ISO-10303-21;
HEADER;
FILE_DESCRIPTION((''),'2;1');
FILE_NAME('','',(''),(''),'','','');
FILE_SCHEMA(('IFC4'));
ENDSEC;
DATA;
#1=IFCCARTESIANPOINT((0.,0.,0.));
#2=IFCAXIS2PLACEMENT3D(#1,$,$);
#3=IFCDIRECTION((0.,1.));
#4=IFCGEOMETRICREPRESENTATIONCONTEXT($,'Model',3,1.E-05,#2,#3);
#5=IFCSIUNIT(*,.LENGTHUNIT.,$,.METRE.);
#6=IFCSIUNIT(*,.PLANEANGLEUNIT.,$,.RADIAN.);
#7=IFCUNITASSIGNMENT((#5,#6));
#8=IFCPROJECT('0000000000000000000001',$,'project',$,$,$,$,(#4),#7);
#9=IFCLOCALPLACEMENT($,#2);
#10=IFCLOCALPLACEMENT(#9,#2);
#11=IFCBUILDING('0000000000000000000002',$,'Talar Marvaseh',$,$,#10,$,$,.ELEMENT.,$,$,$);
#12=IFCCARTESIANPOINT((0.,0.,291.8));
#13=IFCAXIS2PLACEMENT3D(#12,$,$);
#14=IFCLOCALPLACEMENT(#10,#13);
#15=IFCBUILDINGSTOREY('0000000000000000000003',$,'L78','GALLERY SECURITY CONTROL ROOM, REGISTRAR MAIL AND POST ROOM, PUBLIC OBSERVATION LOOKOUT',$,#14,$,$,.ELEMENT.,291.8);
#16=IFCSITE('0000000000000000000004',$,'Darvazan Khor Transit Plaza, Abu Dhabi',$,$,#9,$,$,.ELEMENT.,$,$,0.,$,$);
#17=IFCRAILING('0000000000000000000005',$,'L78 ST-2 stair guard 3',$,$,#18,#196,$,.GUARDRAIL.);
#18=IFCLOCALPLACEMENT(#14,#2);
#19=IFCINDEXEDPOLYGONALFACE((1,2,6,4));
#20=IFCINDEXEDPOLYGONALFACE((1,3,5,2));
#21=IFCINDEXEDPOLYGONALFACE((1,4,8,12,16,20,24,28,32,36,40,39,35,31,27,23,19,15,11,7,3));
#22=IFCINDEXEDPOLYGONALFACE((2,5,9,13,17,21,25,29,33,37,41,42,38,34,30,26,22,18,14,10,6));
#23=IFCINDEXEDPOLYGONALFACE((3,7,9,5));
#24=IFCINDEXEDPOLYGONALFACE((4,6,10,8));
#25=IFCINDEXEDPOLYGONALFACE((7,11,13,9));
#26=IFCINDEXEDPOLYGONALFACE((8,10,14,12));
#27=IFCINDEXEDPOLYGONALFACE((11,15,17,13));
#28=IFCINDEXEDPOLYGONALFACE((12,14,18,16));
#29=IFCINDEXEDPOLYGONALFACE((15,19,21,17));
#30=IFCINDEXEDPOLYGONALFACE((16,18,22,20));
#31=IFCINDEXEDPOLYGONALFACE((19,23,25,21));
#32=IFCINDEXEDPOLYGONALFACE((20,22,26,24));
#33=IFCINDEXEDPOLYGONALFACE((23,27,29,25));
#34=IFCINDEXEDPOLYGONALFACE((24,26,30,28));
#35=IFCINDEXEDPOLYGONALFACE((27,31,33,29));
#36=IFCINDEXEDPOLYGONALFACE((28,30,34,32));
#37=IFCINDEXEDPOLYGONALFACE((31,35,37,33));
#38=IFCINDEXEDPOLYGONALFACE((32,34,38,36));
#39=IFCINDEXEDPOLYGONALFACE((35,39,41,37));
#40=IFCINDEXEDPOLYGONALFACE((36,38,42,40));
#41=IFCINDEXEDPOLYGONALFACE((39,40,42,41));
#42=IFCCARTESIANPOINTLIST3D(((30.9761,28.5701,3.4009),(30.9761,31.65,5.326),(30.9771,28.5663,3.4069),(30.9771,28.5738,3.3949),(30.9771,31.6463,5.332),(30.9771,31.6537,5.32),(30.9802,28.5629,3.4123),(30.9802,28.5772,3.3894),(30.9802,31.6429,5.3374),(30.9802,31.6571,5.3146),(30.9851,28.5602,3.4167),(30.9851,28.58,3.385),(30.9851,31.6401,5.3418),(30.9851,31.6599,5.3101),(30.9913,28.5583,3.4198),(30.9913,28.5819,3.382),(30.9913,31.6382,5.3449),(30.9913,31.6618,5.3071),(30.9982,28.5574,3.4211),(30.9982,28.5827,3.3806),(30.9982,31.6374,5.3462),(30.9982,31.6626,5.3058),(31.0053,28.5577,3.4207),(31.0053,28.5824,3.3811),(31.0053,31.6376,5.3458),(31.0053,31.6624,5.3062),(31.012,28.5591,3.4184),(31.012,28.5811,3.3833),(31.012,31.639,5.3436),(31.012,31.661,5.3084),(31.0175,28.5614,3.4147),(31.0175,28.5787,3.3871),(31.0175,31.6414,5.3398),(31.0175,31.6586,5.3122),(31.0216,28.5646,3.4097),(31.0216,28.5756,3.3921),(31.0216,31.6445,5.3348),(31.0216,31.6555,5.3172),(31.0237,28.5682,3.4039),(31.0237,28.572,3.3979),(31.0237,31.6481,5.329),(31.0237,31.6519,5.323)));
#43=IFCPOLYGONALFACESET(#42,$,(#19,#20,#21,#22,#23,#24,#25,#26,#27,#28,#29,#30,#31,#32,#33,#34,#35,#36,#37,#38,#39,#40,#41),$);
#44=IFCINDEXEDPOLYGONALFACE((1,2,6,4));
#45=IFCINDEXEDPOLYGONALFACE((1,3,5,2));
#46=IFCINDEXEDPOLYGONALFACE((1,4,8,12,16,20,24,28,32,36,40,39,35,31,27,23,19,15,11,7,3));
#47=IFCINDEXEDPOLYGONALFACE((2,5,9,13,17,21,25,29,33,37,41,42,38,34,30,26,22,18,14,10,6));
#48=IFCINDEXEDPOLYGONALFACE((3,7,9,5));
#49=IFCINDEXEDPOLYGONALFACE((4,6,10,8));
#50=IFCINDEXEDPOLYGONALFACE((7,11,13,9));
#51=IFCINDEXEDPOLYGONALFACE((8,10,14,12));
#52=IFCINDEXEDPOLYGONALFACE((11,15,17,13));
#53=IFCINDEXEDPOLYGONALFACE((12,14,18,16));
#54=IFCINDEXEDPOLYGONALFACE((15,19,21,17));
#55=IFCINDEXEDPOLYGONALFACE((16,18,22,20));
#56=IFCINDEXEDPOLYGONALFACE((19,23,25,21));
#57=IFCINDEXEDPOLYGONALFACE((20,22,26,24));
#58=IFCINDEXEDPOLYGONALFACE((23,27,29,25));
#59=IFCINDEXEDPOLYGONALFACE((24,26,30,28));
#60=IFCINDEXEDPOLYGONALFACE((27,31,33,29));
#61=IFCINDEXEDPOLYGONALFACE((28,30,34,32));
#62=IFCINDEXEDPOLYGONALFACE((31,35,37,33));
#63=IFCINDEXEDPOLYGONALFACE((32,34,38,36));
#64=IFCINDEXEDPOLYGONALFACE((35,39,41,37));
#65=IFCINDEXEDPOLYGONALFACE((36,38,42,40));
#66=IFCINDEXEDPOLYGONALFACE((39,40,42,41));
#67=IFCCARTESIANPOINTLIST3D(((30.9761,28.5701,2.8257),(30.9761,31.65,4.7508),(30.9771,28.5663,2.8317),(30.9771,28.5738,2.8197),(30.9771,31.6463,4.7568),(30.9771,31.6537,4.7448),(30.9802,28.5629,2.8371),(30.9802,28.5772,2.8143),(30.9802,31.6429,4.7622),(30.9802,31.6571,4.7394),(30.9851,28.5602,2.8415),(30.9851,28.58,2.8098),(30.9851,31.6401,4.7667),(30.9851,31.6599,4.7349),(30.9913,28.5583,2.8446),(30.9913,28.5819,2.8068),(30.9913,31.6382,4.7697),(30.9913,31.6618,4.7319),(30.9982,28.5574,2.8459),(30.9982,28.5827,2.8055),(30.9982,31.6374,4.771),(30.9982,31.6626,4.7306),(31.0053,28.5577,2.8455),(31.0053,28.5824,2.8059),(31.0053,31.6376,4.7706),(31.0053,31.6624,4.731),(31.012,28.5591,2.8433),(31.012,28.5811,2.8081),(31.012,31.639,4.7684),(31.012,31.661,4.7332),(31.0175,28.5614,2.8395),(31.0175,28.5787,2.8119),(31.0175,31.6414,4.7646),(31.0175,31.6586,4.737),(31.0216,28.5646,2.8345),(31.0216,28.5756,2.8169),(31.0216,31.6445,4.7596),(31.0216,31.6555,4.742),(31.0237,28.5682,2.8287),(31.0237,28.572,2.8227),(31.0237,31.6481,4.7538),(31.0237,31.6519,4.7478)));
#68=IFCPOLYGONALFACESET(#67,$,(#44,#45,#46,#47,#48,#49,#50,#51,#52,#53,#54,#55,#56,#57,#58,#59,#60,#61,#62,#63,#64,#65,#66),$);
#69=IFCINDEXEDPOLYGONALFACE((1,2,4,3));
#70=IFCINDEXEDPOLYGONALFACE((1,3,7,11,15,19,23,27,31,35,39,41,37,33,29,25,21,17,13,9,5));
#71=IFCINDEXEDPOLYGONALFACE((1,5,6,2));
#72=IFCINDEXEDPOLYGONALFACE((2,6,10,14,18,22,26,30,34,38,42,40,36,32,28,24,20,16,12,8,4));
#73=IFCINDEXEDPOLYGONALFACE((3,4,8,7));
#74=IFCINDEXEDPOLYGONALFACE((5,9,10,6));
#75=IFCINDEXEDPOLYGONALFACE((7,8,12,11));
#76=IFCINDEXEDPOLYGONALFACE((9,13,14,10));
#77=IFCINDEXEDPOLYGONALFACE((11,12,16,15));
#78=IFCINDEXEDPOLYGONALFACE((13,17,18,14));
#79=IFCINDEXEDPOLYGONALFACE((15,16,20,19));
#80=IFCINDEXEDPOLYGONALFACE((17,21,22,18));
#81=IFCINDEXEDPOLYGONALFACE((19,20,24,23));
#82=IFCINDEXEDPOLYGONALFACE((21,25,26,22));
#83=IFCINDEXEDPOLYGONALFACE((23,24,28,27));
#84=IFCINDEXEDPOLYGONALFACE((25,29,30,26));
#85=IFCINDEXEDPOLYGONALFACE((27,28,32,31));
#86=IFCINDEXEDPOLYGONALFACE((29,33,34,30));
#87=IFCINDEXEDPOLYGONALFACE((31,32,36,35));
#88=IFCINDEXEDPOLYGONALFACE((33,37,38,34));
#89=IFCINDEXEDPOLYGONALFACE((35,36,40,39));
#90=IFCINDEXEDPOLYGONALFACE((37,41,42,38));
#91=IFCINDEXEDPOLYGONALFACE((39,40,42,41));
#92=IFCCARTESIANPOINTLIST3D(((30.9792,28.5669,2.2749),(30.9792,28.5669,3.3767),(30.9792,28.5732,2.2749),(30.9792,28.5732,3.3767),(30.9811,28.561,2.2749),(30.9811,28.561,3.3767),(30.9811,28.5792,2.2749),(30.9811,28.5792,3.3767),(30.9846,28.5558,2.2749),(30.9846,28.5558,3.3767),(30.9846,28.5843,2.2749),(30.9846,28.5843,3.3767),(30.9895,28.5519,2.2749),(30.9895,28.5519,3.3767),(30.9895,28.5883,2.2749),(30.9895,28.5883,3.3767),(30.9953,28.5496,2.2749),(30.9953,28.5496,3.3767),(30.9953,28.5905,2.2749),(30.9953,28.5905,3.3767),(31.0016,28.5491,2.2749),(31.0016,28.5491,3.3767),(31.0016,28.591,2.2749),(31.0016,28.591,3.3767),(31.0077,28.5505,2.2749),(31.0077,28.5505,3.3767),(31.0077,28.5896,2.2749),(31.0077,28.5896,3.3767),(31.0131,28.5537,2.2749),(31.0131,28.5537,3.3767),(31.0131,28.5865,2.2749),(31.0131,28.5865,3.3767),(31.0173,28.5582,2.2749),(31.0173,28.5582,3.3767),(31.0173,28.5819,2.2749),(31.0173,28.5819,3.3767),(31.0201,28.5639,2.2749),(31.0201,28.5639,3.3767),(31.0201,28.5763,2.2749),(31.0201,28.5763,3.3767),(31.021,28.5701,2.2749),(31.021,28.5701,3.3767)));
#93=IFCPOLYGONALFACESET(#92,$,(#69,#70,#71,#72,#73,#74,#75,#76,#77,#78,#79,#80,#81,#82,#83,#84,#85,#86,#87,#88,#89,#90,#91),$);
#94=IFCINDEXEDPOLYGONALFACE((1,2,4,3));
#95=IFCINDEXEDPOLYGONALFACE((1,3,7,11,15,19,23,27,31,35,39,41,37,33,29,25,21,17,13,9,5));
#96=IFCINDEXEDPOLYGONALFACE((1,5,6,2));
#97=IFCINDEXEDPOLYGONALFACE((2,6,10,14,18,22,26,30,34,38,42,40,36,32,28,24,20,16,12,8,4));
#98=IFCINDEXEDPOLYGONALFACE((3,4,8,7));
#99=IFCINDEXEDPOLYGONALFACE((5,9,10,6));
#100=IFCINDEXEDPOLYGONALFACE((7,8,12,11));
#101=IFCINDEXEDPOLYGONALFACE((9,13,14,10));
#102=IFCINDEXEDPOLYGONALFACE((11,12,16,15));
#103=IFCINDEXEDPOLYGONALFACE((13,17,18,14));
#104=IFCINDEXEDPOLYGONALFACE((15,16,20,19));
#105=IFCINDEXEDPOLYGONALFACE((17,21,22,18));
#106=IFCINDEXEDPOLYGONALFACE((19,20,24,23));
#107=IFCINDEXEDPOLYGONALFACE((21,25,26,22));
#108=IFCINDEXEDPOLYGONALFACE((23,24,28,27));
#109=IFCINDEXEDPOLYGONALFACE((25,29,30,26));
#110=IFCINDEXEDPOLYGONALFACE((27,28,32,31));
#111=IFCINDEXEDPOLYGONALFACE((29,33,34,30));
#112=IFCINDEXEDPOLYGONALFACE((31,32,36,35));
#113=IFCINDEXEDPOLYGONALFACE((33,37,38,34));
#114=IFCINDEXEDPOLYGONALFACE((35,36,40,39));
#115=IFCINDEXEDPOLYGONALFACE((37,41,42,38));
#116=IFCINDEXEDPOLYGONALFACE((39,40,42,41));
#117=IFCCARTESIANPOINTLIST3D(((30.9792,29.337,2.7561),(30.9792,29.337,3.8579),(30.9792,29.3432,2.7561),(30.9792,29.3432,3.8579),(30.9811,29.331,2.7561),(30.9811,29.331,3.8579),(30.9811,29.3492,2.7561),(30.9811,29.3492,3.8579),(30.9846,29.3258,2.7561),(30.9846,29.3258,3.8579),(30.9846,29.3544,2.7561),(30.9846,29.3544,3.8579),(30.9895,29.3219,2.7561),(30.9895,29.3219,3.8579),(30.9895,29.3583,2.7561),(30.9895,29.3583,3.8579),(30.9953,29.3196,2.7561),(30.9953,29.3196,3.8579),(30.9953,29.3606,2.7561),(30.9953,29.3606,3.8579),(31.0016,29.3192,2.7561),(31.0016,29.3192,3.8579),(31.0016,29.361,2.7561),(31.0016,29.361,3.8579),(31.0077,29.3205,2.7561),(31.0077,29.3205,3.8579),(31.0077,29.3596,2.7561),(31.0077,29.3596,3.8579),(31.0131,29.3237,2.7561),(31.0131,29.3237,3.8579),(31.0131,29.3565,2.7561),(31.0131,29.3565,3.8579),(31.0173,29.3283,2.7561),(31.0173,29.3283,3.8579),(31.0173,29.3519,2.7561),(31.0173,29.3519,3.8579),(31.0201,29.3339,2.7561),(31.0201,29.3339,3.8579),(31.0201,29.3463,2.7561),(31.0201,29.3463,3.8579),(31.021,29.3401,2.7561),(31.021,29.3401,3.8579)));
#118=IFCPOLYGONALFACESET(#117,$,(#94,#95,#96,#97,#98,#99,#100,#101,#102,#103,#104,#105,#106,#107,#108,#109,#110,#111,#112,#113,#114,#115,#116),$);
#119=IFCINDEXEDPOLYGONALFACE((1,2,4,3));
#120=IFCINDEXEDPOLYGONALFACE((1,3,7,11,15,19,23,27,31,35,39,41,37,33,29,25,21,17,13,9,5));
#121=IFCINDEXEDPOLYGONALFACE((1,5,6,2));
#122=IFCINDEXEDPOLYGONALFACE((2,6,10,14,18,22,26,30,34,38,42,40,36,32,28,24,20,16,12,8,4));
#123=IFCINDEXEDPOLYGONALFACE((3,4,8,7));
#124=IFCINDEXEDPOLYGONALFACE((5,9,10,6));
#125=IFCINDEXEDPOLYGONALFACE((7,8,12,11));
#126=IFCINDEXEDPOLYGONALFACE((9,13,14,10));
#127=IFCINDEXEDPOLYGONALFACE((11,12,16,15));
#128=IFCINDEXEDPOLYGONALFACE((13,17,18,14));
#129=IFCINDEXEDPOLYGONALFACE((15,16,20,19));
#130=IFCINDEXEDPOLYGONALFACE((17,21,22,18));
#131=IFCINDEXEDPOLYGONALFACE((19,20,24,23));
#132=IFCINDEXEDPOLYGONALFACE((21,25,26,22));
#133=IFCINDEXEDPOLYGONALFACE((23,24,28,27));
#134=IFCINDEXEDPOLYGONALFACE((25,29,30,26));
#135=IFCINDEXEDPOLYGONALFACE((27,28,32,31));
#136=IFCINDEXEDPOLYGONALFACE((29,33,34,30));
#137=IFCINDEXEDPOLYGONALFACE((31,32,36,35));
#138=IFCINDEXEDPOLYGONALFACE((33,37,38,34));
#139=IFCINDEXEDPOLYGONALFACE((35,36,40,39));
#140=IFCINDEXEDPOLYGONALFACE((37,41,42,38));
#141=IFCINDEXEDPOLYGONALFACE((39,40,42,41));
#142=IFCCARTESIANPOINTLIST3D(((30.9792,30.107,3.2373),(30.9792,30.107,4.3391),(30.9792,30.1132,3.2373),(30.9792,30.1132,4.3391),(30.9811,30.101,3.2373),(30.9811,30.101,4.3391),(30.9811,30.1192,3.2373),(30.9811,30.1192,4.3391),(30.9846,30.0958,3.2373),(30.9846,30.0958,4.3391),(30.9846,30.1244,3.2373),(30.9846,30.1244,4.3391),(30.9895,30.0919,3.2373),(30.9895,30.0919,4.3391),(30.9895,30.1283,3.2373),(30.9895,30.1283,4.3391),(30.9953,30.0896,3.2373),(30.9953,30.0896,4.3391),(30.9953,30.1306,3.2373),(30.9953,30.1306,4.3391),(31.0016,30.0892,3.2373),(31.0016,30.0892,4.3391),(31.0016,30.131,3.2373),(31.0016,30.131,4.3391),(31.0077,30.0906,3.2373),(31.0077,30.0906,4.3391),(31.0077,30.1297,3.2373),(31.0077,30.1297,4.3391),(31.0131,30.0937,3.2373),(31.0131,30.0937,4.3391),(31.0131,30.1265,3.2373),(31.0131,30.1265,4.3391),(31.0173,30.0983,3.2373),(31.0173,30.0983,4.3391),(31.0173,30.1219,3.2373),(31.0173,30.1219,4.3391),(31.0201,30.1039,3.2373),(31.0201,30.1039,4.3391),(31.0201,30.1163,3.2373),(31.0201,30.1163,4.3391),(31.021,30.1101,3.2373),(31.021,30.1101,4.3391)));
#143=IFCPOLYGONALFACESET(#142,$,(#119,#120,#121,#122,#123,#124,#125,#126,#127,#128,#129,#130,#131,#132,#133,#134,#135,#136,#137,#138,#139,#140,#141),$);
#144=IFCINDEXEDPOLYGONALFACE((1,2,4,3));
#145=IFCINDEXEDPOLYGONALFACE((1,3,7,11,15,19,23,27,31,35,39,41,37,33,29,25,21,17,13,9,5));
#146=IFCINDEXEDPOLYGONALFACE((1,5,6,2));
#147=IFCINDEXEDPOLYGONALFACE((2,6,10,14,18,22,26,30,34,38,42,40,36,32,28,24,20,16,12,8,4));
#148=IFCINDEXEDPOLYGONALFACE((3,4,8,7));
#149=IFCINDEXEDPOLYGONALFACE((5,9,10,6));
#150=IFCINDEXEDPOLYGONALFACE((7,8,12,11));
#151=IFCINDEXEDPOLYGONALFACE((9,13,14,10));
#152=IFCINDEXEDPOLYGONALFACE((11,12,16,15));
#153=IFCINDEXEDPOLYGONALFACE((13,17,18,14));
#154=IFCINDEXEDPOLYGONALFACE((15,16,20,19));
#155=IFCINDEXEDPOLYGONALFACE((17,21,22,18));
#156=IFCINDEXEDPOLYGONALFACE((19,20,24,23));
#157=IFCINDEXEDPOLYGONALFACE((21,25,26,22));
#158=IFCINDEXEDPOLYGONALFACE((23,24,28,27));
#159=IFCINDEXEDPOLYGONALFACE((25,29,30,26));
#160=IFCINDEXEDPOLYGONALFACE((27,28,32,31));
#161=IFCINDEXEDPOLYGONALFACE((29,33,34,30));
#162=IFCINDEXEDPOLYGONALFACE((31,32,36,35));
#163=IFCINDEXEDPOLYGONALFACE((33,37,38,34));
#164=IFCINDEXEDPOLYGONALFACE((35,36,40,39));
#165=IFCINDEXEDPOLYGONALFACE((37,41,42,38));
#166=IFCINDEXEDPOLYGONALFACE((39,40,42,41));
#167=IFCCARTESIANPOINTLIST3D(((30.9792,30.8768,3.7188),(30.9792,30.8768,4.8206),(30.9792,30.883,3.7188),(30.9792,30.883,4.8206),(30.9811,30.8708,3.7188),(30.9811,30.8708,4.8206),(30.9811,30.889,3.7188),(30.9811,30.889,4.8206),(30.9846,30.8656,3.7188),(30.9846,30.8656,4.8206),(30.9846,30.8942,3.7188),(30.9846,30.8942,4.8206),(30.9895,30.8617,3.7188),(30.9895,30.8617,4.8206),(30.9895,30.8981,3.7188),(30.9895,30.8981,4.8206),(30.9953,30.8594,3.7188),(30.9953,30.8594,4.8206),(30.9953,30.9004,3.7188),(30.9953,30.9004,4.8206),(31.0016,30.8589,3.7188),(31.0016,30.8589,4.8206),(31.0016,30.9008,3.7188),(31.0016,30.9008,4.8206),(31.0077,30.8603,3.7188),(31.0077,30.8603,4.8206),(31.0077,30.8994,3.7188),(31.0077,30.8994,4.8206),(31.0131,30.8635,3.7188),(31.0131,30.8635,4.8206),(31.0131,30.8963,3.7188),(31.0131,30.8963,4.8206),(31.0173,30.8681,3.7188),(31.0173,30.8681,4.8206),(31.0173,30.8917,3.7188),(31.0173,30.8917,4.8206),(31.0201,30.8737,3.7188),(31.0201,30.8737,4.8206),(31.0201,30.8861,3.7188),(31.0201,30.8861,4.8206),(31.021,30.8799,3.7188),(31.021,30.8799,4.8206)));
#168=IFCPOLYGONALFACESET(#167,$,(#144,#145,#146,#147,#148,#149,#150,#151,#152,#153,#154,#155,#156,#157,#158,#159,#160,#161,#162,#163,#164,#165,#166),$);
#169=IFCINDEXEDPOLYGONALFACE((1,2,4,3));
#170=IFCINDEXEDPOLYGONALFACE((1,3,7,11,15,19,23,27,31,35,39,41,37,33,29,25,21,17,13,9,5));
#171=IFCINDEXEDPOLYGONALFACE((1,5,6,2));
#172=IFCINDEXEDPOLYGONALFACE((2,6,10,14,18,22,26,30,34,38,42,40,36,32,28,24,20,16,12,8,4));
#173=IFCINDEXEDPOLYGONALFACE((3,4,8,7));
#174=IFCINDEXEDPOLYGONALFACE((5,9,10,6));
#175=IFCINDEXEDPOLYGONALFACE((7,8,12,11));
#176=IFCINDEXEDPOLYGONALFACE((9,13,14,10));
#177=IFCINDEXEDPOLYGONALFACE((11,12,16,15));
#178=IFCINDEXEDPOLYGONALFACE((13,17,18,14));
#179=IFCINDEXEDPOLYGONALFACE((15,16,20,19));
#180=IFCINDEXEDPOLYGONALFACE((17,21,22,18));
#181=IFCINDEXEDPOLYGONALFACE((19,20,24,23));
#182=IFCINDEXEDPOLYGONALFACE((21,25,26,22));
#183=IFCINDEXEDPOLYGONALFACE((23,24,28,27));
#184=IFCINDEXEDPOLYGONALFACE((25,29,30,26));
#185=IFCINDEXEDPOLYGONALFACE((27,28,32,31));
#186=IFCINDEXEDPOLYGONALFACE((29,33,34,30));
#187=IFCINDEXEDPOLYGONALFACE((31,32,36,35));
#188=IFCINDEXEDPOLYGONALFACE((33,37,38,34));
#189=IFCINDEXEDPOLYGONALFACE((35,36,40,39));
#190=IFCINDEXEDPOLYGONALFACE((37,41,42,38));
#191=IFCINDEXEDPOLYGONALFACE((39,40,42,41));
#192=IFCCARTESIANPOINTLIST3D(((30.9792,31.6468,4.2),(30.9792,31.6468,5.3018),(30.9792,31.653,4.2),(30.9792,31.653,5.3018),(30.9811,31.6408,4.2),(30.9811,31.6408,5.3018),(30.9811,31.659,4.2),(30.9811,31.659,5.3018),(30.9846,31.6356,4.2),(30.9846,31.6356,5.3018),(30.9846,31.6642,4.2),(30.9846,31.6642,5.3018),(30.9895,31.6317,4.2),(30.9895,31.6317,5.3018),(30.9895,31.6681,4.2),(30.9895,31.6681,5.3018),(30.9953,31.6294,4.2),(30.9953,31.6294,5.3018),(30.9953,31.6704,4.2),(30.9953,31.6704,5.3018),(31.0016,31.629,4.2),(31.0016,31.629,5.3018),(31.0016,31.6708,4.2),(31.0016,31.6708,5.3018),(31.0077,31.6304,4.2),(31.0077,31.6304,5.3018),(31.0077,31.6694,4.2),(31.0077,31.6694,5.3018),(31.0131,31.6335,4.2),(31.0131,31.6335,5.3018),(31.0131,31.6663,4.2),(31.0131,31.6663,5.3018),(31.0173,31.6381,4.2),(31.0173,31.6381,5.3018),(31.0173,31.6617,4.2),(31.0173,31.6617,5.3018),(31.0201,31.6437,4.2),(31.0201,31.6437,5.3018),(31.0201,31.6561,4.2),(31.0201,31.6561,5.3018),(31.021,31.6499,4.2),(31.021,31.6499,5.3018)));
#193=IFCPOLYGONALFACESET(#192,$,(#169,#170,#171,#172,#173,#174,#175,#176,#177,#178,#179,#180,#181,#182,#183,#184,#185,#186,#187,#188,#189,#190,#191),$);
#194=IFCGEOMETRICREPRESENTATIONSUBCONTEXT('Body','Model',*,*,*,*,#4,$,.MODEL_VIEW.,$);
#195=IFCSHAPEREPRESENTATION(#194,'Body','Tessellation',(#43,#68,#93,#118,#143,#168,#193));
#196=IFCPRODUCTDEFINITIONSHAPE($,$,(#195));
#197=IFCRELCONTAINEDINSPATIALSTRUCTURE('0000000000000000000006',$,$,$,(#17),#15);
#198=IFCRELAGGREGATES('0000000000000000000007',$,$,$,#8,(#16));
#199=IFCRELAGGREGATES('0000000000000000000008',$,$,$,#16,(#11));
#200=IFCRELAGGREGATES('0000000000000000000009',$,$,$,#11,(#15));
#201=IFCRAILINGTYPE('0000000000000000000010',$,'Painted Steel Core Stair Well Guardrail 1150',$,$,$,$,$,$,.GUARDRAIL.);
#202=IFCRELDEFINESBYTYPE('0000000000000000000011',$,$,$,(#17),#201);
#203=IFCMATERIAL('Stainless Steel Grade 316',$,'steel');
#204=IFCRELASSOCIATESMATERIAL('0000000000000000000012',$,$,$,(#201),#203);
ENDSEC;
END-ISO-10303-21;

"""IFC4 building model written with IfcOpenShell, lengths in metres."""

from ifc_helpers import new_model, si_unit, direction, frame, origin, origin_2d, place, context, subcontext, project, spatial, circle, extrude, material, type_object, element, save


model = new_model("IFC4")

# Units and contexts
model_context = context("Model", 3, precision=1e-05, world=origin(), true_north=direction((0.0, 1.0)))
body_context = subcontext(model_context, "Body", "Model", "MODEL_VIEW")
ifc_project = project(units=[si_unit("LENGTHUNIT", "METRE"), si_unit("PLANEANGLEUNIT", "RADIAN")], contexts=[model_context])

# Site, building, storey
site_placement = place(None, origin())
site = spatial("IfcSite", under=ifc_project, at=site_placement, Name="Darvazan Khor Transit Plaza, Abu Dhabi", CompositionType="ELEMENT", RefElevation=0.0)
building_placement = place(site_placement, origin())
building = spatial("IfcBuilding", under=site, at=building_placement, Name="Talar Marvaseh", CompositionType="ELEMENT")
storey_placement = place(building_placement, frame((0.0, 0.0, 291.8)))
storey = spatial("IfcBuildingStorey", under=building, at=storey_placement, Name="L78", Description="GALLERY SECURITY CONTROL ROOM, REGISTRAR MAIL AND POST ROOM, PUBLIC OBSERVATION LOOKOUT", CompositionType="ELEMENT", Elevation=291.8)

# Railing
ifc_material_1 = material(Name="Stainless Steel Grade 316", Category="steel")
railing_type_1 = type_object("IfcRailingType", Name="Painted Steel Core Stair Well Guardrail 1150", PredefinedType="GUARDRAIL", material=ifc_material_1)
railing_1_placement = place(storey_placement, frame((31.0, 28.5701, 2.2749)))
element("IfcRailing", 1, at=railing_1_placement, inside=storey, type_object=railing_type_1, Name="L78 ST-2 stair guard 3", PredefinedType="GUARDRAIL", context=body_context, shape_type="SweptSolid", body=[
    extrude(circle(Radius=0.0239, at=origin_2d()), frame((0.0, 0.0, 1.126), z_axis=(0.0, 0.847979, 0.530029), x_axis=(-1.0, 0.0, 0.0)), (0.0, 0.0, 1.0), 3.6321),
    extrude(circle(Radius=0.0239, at=origin_2d()), frame((0.0, 0.0, 0.5508), z_axis=(0.0, 0.847979, 0.530029), x_axis=(-1.0, 0.0, 0.0)), (0.0, 0.0, 1.0), 3.6321),
    extrude(circle(Radius=0.021, at=origin_2d()), origin(), (0.0, 0.0, 1.0), 1.1018),
    extrude(circle(Radius=0.021, at=origin_2d()), frame((0.0, 0.77, 0.4812)), (0.0, 0.0, 1.0), 1.1018),
    extrude(circle(Radius=0.021, at=origin_2d()), frame((0.0, 1.54, 0.9624)), (0.0, 0.0, 1.0), 1.1018),
    extrude(circle(Radius=0.021, at=origin_2d()), frame((0.0, 2.3098, 1.4438)), (0.0, 0.0, 1.0), 1.1018),
    extrude(circle(Radius=0.021, at=origin_2d()), frame((0.0, 3.0798, 1.925)), (0.0, 0.0, 1.0), 1.1018),
])

save(model, "model.ifc")
